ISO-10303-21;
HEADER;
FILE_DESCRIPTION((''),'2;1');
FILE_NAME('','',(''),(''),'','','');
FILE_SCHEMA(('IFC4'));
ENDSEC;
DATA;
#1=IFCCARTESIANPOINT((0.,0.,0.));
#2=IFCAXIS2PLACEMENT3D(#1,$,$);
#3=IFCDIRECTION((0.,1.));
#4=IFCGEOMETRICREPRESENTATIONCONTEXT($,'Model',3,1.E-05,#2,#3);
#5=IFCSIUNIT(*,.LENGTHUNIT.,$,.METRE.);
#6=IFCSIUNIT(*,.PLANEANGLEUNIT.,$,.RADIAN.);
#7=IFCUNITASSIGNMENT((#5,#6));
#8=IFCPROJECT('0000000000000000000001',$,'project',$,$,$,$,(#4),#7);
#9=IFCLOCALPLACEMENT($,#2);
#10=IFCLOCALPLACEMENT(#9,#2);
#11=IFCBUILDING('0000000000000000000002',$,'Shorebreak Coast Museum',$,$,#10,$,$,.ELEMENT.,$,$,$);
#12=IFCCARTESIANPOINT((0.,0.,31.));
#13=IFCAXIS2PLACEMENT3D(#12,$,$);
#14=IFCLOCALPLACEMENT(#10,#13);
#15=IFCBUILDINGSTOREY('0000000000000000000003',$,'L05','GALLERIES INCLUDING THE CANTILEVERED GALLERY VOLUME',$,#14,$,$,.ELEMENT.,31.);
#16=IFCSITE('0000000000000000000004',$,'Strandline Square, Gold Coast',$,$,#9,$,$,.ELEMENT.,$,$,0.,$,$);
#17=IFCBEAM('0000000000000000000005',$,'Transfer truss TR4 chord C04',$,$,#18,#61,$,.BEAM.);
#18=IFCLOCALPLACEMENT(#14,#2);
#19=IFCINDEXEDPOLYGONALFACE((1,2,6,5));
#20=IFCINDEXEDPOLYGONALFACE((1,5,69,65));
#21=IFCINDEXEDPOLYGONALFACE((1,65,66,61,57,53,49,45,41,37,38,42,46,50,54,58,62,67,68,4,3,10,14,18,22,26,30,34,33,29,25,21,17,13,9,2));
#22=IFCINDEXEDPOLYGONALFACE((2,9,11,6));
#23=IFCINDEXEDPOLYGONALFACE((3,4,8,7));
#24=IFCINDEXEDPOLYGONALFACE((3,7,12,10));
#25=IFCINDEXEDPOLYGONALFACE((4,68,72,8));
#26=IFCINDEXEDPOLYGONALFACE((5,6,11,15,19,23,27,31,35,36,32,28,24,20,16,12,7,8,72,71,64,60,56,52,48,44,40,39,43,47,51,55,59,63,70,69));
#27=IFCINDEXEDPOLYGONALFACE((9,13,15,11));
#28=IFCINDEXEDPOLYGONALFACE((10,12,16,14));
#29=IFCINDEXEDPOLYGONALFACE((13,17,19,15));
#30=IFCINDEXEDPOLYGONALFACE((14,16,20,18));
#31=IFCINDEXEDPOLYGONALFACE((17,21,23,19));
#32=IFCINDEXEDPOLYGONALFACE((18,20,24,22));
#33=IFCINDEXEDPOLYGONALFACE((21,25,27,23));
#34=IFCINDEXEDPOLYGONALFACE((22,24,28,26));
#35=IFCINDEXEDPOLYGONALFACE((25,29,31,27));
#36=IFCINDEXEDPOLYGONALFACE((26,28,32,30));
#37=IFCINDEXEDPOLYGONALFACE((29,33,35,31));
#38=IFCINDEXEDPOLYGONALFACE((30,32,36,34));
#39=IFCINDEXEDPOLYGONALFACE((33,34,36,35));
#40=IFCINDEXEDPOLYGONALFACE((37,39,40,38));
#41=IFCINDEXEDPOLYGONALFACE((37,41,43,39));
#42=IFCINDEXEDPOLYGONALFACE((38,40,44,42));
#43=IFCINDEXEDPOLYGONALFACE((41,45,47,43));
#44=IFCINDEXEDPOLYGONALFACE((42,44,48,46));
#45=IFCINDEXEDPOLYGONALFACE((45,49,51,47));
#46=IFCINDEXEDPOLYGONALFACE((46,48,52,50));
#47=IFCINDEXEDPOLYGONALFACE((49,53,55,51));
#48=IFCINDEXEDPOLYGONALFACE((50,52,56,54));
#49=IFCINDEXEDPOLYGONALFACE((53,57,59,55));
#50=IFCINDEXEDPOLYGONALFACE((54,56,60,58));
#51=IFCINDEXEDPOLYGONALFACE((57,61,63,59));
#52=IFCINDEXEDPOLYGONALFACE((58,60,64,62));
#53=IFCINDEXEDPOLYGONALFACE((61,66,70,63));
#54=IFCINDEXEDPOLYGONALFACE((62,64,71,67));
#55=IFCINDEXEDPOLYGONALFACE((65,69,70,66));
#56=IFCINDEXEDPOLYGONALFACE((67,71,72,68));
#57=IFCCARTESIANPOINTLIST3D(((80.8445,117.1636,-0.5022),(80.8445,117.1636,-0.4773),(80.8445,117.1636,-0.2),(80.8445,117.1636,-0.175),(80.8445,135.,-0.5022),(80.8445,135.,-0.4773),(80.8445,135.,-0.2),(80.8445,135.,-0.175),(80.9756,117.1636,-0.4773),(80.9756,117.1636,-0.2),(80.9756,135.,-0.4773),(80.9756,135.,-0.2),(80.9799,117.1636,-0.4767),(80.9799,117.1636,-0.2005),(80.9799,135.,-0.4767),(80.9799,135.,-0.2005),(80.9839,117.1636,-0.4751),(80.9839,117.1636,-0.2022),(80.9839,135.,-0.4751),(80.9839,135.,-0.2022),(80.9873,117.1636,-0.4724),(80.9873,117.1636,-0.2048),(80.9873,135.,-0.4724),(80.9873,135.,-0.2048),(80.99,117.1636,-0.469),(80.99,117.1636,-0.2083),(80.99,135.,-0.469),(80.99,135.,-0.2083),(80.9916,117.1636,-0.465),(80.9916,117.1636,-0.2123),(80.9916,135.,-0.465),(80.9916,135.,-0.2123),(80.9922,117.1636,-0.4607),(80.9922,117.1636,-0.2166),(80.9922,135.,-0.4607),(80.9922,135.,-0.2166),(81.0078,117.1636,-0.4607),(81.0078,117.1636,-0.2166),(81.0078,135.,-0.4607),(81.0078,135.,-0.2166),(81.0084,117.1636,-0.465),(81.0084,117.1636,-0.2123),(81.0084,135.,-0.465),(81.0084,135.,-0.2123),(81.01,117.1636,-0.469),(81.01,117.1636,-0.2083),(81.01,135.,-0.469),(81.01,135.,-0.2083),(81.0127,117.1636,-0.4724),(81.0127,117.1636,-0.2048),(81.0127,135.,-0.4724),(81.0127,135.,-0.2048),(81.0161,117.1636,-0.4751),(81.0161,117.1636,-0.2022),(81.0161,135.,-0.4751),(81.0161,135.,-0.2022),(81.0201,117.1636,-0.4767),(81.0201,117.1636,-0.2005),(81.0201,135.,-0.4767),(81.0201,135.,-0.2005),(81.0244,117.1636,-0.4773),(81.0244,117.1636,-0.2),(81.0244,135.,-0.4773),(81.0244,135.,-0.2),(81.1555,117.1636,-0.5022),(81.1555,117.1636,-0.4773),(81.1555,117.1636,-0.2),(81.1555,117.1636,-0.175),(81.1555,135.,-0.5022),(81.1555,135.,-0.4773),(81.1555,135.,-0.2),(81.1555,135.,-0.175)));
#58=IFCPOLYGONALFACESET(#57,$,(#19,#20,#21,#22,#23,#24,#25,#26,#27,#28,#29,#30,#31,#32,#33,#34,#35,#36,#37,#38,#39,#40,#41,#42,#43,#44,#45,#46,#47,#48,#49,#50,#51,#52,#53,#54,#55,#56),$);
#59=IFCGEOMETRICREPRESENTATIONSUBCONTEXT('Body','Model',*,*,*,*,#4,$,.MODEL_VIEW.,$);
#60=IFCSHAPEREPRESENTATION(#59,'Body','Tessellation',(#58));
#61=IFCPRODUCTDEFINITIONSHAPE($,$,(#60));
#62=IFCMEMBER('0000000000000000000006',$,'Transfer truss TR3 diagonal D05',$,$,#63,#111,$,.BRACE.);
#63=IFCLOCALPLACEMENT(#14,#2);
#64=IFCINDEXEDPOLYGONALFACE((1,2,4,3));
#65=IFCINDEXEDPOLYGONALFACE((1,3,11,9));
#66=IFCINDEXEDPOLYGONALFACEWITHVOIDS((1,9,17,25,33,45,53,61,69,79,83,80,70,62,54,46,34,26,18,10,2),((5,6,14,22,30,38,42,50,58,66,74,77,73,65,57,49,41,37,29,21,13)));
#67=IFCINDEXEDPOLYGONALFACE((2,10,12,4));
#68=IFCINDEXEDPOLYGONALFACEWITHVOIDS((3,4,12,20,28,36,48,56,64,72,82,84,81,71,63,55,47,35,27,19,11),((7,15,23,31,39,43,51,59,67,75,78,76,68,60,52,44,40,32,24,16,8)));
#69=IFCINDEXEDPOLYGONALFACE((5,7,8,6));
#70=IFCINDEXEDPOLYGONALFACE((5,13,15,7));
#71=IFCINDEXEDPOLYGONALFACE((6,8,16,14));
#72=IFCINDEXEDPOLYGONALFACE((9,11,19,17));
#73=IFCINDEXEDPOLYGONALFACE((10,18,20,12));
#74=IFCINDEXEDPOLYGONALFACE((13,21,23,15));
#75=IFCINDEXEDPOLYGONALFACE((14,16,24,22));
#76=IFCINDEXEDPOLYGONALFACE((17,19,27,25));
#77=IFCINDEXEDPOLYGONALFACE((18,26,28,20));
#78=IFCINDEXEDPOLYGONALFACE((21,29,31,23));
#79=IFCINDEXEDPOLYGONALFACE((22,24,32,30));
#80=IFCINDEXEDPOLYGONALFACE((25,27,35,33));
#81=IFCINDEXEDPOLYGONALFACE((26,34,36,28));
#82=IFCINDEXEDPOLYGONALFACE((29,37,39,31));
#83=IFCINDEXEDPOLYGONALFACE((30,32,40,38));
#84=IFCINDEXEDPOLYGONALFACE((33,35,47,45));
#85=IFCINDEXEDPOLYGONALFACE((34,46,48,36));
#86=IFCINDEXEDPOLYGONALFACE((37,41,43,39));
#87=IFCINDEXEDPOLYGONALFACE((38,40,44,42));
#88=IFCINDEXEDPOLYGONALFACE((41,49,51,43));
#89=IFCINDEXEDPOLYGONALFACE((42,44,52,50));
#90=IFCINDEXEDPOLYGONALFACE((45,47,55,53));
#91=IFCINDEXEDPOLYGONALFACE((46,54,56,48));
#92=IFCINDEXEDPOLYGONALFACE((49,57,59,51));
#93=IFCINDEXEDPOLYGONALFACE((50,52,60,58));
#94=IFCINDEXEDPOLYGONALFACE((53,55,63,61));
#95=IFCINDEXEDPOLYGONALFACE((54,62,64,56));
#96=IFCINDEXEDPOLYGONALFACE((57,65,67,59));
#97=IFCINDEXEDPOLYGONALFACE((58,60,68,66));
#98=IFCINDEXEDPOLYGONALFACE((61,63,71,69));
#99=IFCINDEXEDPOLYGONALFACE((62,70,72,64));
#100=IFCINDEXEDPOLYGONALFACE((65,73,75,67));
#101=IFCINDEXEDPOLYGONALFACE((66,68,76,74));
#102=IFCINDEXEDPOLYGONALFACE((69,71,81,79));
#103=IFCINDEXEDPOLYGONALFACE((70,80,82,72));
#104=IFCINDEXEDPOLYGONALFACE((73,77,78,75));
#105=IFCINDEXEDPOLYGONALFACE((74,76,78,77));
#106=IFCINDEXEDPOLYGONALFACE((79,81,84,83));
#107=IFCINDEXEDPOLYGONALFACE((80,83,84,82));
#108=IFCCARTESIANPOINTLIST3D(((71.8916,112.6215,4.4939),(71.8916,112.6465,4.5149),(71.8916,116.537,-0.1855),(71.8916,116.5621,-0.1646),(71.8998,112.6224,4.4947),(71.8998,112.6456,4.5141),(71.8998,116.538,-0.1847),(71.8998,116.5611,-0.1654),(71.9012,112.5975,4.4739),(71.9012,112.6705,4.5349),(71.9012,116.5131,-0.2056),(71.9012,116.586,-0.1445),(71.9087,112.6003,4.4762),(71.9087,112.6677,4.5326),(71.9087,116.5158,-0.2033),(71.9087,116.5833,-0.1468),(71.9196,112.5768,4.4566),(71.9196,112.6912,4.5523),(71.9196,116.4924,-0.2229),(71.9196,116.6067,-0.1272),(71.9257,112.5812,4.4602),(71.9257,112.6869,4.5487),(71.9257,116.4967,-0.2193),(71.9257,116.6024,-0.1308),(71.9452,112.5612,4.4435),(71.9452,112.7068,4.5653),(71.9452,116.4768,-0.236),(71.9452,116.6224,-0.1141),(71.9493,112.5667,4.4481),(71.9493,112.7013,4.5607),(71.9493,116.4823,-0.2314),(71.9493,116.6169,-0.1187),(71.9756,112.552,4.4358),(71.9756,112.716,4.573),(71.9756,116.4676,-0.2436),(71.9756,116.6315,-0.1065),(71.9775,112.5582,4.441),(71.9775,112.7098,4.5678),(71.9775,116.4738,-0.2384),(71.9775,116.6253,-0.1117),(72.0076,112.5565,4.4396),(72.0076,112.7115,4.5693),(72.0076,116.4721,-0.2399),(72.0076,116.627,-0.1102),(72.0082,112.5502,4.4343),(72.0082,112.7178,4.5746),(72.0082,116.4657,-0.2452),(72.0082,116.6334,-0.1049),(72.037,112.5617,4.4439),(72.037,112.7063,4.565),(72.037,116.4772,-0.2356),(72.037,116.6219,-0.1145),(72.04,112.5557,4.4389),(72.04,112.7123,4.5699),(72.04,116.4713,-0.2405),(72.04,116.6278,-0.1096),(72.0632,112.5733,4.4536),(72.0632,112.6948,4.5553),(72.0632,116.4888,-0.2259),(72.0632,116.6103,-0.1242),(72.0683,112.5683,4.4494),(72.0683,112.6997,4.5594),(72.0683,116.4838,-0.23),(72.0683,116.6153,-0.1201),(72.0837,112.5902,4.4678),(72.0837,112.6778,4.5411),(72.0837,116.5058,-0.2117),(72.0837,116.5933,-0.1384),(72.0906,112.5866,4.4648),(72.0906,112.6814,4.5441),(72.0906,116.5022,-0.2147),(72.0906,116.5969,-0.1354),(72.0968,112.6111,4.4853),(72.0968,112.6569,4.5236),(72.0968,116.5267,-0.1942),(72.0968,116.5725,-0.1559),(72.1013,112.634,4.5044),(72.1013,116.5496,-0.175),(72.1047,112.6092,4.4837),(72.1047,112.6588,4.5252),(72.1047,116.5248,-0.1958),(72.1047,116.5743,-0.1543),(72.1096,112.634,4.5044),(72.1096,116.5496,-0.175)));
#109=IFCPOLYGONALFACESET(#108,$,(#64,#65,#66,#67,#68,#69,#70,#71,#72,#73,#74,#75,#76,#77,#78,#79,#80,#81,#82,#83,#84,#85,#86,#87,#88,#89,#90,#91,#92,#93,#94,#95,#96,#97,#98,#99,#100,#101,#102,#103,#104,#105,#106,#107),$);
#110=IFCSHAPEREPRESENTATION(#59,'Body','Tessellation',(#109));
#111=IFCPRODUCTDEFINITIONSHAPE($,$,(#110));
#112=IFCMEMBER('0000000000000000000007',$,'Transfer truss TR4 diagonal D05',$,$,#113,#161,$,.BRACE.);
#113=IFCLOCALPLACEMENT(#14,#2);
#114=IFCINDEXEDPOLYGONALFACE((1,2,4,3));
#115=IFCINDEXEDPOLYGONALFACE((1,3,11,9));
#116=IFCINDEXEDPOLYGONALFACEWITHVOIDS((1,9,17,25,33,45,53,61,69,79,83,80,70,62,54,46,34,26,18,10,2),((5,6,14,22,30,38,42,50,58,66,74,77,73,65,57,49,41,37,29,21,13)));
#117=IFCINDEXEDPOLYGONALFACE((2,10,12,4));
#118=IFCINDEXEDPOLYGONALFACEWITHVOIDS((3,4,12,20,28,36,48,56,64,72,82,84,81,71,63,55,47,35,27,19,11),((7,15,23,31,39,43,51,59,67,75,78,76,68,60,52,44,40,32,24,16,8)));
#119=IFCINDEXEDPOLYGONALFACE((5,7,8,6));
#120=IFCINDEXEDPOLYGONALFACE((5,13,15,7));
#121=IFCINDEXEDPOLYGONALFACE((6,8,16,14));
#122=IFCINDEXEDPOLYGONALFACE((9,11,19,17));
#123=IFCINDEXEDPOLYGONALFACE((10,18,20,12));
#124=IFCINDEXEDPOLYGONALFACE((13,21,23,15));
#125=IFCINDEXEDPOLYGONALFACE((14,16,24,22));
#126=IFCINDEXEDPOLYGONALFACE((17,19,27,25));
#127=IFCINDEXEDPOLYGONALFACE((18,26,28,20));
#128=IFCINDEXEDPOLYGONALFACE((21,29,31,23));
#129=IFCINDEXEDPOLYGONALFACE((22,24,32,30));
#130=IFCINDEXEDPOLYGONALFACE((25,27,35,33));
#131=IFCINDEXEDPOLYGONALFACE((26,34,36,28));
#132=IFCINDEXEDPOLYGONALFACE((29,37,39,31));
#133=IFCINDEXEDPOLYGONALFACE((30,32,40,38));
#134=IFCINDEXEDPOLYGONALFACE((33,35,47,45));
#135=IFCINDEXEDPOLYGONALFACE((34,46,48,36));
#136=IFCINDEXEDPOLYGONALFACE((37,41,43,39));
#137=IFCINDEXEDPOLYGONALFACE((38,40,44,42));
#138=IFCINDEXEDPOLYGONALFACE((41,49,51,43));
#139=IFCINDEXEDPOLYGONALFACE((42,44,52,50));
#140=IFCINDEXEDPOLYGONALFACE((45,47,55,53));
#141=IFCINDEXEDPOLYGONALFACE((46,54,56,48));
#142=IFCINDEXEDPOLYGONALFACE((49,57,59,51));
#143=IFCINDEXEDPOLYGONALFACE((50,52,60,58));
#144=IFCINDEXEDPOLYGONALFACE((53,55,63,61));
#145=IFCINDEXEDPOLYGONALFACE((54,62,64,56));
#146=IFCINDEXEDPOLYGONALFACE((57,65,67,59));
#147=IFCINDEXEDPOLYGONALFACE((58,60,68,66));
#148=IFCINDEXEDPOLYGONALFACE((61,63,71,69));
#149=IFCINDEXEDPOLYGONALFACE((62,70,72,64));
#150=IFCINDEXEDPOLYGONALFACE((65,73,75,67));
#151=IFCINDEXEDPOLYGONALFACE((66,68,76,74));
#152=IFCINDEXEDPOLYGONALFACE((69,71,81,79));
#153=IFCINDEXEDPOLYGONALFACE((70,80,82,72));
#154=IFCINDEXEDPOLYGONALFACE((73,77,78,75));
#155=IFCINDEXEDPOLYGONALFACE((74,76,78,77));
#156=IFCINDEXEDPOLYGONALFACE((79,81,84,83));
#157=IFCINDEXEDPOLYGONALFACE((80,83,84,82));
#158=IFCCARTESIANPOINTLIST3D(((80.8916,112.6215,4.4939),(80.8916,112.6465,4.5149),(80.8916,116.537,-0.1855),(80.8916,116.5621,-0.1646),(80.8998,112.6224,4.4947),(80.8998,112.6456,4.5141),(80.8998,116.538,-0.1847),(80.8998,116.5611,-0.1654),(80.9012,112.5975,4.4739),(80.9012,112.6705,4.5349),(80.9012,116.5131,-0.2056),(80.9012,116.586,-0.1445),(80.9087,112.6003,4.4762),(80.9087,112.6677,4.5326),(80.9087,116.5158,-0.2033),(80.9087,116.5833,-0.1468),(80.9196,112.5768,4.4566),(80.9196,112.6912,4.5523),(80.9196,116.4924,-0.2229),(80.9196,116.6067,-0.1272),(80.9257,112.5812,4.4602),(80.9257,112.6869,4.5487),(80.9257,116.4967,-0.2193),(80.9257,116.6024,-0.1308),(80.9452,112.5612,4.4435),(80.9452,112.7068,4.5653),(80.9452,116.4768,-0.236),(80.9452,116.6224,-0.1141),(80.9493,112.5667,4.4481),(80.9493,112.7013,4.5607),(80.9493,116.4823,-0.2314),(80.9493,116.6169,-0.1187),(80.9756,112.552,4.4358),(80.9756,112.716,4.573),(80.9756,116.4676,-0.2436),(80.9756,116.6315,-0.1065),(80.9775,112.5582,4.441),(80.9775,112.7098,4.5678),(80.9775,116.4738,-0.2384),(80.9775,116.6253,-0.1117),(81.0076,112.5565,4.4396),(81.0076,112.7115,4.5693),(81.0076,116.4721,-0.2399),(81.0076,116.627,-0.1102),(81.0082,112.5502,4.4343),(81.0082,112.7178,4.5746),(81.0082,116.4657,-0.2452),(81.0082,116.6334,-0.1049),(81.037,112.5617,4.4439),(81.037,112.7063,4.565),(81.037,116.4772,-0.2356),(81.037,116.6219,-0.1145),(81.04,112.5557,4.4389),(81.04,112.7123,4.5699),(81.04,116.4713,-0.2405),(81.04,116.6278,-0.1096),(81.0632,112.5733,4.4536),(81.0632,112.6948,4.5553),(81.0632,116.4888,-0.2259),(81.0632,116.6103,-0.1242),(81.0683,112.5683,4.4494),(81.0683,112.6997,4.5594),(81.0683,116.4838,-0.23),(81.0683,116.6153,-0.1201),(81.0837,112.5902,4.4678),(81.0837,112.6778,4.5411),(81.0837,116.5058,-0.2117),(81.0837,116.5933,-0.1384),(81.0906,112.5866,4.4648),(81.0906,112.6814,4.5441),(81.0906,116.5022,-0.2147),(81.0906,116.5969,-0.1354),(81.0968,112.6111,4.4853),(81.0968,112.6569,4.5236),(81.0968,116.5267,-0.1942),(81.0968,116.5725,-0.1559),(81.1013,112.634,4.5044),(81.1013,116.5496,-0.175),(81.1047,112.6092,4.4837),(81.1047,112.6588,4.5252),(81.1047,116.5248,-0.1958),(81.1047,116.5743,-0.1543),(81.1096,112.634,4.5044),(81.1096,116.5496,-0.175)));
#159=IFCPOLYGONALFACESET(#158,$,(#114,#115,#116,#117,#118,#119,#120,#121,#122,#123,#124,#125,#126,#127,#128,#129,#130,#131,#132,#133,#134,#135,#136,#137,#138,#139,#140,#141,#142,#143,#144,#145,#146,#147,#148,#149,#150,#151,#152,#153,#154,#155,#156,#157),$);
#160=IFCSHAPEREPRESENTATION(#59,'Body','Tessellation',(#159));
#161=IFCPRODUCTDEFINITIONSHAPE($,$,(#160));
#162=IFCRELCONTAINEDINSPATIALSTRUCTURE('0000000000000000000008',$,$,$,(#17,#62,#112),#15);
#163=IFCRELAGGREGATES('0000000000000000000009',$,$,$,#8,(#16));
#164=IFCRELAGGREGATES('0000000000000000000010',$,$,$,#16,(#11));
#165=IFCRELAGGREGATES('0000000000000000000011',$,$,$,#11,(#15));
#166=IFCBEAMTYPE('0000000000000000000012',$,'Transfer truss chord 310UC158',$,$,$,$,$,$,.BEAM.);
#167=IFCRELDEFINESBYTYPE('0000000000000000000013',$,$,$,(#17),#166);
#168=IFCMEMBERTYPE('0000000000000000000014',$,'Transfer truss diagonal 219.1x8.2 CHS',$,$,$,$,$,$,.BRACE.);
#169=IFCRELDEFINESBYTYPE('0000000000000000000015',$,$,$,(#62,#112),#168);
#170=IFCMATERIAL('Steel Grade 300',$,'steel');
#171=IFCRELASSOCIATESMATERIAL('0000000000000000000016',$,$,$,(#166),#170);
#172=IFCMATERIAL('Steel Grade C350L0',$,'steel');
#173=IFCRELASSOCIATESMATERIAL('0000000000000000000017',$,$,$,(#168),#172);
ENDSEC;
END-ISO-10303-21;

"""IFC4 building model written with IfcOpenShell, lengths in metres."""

from ifc_helpers import new_model, si_unit, direction, frame, origin, origin_2d, place, context, subcontext, project, spatial, hollow_circle, i_section, extrude, material, material_profile, profile_set, type_object, element, save


model = new_model("IFC4")

# Units and contexts
model_context = context("Model", 3, precision=1e-05, world=origin(), true_north=direction((0.0, 1.0)))
body_context = subcontext(model_context, "Body", "Model", "MODEL_VIEW")
ifc_project = project(units=[si_unit("LENGTHUNIT", "METRE"), si_unit("PLANEANGLEUNIT", "RADIAN")], contexts=[model_context])

# Site, building, storey
site_placement = place(None, origin())
site = spatial("IfcSite", under=ifc_project, at=site_placement, Name="Strandline Square, Gold Coast", CompositionType="ELEMENT", RefElevation=0.0)
building_placement = place(site_placement, origin())
building = spatial("IfcBuilding", under=site, at=building_placement, Name="Shorebreak Coast Museum", CompositionType="ELEMENT")
storey_placement = place(building_placement, frame((0.0, 0.0, 31.0)))
storey = spatial("IfcBuildingStorey", under=building, at=storey_placement, Name="L05", Description="GALLERIES INCLUDING THE CANTILEVERED GALLERY VOLUME", CompositionType="ELEMENT", Elevation=31.0)

# Beam
ifc_material_1 = material(Name="Steel Grade 300", Category="steel")
ifc_material_profile_1 = material_profile(ifc_material_1, i_section(OverallWidth=0.311, OverallDepth=0.3271, WebThickness=0.0156, FlangeThickness=0.0249, FilletRadius=0.0166, at=origin_2d()), Name="310UC158")
ifc_profile_set_1 = profile_set([ifc_material_profile_1], Name="Steel Grade 300")
beam_type_1 = type_object("IfcBeamType", Name="Transfer truss chord 310UC158", PredefinedType="BEAM", material=ifc_profile_set_1)
for number, where, z_axis, x_axis, name in (
    (1, (81.0, 117.1636, -0.3386), (0.0, 1.0, 0.0), (-1.0, 0.0, 0.0), "Transfer truss TR4 chord C04"),
):
    element("IfcBeam", number, at=place(storey_placement, frame(where, z_axis=z_axis, x_axis=x_axis)), inside=storey, type_object=beam_type_1, Name=name, PredefinedType="BEAM", context=body_context, shape_type="SweptSolid", body=[
        extrude(i_section(OverallWidth=0.311, OverallDepth=0.3271, WebThickness=0.0156, FlangeThickness=0.0249, FilletRadius=0.0166, at=origin_2d()), origin(), (0.0, 0.0, 1.0), 17.8364),
    ])

# Members
ifc_material_2 = material(Name="Steel Grade C350L0", Category="steel")
ifc_material_profile_2 = material_profile(ifc_material_2, hollow_circle(Radius=0.1096, WallThickness=0.0083, at=origin_2d()), Name="219.1x8.2 CHS")
ifc_profile_set_2 = profile_set([ifc_material_profile_2], Name="Steel Grade C350L0")
member_type_1 = type_object("IfcMemberType", Name="Transfer truss diagonal 219.1x8.2 CHS", PredefinedType="BRACE", material=ifc_profile_set_2)
for number, where, z_axis, x_axis, name in (
    (2, (72.0, 116.5496, -0.175), (0.0, -0.64173, 0.766931), (1.0, 0.0, 0.0), "Transfer truss TR3 diagonal D05"),
    (3, (81.0, 116.5496, -0.175), (0.0, -0.64173, 0.766931), (1.0, 0.0, 0.0), "Transfer truss TR4 diagonal D05"),
):
    element("IfcMember", number, at=place(storey_placement, frame(where, z_axis=z_axis, x_axis=x_axis)), inside=storey, type_object=member_type_1, Name=name, PredefinedType="BRACE", context=body_context, shape_type="SweptSolid", body=[
        extrude(hollow_circle(Radius=0.1096, WallThickness=0.0083, at=origin_2d()), origin(), (0.0, 0.0, 1.0), 6.1016),
    ])

save(model, "model.ifc")
